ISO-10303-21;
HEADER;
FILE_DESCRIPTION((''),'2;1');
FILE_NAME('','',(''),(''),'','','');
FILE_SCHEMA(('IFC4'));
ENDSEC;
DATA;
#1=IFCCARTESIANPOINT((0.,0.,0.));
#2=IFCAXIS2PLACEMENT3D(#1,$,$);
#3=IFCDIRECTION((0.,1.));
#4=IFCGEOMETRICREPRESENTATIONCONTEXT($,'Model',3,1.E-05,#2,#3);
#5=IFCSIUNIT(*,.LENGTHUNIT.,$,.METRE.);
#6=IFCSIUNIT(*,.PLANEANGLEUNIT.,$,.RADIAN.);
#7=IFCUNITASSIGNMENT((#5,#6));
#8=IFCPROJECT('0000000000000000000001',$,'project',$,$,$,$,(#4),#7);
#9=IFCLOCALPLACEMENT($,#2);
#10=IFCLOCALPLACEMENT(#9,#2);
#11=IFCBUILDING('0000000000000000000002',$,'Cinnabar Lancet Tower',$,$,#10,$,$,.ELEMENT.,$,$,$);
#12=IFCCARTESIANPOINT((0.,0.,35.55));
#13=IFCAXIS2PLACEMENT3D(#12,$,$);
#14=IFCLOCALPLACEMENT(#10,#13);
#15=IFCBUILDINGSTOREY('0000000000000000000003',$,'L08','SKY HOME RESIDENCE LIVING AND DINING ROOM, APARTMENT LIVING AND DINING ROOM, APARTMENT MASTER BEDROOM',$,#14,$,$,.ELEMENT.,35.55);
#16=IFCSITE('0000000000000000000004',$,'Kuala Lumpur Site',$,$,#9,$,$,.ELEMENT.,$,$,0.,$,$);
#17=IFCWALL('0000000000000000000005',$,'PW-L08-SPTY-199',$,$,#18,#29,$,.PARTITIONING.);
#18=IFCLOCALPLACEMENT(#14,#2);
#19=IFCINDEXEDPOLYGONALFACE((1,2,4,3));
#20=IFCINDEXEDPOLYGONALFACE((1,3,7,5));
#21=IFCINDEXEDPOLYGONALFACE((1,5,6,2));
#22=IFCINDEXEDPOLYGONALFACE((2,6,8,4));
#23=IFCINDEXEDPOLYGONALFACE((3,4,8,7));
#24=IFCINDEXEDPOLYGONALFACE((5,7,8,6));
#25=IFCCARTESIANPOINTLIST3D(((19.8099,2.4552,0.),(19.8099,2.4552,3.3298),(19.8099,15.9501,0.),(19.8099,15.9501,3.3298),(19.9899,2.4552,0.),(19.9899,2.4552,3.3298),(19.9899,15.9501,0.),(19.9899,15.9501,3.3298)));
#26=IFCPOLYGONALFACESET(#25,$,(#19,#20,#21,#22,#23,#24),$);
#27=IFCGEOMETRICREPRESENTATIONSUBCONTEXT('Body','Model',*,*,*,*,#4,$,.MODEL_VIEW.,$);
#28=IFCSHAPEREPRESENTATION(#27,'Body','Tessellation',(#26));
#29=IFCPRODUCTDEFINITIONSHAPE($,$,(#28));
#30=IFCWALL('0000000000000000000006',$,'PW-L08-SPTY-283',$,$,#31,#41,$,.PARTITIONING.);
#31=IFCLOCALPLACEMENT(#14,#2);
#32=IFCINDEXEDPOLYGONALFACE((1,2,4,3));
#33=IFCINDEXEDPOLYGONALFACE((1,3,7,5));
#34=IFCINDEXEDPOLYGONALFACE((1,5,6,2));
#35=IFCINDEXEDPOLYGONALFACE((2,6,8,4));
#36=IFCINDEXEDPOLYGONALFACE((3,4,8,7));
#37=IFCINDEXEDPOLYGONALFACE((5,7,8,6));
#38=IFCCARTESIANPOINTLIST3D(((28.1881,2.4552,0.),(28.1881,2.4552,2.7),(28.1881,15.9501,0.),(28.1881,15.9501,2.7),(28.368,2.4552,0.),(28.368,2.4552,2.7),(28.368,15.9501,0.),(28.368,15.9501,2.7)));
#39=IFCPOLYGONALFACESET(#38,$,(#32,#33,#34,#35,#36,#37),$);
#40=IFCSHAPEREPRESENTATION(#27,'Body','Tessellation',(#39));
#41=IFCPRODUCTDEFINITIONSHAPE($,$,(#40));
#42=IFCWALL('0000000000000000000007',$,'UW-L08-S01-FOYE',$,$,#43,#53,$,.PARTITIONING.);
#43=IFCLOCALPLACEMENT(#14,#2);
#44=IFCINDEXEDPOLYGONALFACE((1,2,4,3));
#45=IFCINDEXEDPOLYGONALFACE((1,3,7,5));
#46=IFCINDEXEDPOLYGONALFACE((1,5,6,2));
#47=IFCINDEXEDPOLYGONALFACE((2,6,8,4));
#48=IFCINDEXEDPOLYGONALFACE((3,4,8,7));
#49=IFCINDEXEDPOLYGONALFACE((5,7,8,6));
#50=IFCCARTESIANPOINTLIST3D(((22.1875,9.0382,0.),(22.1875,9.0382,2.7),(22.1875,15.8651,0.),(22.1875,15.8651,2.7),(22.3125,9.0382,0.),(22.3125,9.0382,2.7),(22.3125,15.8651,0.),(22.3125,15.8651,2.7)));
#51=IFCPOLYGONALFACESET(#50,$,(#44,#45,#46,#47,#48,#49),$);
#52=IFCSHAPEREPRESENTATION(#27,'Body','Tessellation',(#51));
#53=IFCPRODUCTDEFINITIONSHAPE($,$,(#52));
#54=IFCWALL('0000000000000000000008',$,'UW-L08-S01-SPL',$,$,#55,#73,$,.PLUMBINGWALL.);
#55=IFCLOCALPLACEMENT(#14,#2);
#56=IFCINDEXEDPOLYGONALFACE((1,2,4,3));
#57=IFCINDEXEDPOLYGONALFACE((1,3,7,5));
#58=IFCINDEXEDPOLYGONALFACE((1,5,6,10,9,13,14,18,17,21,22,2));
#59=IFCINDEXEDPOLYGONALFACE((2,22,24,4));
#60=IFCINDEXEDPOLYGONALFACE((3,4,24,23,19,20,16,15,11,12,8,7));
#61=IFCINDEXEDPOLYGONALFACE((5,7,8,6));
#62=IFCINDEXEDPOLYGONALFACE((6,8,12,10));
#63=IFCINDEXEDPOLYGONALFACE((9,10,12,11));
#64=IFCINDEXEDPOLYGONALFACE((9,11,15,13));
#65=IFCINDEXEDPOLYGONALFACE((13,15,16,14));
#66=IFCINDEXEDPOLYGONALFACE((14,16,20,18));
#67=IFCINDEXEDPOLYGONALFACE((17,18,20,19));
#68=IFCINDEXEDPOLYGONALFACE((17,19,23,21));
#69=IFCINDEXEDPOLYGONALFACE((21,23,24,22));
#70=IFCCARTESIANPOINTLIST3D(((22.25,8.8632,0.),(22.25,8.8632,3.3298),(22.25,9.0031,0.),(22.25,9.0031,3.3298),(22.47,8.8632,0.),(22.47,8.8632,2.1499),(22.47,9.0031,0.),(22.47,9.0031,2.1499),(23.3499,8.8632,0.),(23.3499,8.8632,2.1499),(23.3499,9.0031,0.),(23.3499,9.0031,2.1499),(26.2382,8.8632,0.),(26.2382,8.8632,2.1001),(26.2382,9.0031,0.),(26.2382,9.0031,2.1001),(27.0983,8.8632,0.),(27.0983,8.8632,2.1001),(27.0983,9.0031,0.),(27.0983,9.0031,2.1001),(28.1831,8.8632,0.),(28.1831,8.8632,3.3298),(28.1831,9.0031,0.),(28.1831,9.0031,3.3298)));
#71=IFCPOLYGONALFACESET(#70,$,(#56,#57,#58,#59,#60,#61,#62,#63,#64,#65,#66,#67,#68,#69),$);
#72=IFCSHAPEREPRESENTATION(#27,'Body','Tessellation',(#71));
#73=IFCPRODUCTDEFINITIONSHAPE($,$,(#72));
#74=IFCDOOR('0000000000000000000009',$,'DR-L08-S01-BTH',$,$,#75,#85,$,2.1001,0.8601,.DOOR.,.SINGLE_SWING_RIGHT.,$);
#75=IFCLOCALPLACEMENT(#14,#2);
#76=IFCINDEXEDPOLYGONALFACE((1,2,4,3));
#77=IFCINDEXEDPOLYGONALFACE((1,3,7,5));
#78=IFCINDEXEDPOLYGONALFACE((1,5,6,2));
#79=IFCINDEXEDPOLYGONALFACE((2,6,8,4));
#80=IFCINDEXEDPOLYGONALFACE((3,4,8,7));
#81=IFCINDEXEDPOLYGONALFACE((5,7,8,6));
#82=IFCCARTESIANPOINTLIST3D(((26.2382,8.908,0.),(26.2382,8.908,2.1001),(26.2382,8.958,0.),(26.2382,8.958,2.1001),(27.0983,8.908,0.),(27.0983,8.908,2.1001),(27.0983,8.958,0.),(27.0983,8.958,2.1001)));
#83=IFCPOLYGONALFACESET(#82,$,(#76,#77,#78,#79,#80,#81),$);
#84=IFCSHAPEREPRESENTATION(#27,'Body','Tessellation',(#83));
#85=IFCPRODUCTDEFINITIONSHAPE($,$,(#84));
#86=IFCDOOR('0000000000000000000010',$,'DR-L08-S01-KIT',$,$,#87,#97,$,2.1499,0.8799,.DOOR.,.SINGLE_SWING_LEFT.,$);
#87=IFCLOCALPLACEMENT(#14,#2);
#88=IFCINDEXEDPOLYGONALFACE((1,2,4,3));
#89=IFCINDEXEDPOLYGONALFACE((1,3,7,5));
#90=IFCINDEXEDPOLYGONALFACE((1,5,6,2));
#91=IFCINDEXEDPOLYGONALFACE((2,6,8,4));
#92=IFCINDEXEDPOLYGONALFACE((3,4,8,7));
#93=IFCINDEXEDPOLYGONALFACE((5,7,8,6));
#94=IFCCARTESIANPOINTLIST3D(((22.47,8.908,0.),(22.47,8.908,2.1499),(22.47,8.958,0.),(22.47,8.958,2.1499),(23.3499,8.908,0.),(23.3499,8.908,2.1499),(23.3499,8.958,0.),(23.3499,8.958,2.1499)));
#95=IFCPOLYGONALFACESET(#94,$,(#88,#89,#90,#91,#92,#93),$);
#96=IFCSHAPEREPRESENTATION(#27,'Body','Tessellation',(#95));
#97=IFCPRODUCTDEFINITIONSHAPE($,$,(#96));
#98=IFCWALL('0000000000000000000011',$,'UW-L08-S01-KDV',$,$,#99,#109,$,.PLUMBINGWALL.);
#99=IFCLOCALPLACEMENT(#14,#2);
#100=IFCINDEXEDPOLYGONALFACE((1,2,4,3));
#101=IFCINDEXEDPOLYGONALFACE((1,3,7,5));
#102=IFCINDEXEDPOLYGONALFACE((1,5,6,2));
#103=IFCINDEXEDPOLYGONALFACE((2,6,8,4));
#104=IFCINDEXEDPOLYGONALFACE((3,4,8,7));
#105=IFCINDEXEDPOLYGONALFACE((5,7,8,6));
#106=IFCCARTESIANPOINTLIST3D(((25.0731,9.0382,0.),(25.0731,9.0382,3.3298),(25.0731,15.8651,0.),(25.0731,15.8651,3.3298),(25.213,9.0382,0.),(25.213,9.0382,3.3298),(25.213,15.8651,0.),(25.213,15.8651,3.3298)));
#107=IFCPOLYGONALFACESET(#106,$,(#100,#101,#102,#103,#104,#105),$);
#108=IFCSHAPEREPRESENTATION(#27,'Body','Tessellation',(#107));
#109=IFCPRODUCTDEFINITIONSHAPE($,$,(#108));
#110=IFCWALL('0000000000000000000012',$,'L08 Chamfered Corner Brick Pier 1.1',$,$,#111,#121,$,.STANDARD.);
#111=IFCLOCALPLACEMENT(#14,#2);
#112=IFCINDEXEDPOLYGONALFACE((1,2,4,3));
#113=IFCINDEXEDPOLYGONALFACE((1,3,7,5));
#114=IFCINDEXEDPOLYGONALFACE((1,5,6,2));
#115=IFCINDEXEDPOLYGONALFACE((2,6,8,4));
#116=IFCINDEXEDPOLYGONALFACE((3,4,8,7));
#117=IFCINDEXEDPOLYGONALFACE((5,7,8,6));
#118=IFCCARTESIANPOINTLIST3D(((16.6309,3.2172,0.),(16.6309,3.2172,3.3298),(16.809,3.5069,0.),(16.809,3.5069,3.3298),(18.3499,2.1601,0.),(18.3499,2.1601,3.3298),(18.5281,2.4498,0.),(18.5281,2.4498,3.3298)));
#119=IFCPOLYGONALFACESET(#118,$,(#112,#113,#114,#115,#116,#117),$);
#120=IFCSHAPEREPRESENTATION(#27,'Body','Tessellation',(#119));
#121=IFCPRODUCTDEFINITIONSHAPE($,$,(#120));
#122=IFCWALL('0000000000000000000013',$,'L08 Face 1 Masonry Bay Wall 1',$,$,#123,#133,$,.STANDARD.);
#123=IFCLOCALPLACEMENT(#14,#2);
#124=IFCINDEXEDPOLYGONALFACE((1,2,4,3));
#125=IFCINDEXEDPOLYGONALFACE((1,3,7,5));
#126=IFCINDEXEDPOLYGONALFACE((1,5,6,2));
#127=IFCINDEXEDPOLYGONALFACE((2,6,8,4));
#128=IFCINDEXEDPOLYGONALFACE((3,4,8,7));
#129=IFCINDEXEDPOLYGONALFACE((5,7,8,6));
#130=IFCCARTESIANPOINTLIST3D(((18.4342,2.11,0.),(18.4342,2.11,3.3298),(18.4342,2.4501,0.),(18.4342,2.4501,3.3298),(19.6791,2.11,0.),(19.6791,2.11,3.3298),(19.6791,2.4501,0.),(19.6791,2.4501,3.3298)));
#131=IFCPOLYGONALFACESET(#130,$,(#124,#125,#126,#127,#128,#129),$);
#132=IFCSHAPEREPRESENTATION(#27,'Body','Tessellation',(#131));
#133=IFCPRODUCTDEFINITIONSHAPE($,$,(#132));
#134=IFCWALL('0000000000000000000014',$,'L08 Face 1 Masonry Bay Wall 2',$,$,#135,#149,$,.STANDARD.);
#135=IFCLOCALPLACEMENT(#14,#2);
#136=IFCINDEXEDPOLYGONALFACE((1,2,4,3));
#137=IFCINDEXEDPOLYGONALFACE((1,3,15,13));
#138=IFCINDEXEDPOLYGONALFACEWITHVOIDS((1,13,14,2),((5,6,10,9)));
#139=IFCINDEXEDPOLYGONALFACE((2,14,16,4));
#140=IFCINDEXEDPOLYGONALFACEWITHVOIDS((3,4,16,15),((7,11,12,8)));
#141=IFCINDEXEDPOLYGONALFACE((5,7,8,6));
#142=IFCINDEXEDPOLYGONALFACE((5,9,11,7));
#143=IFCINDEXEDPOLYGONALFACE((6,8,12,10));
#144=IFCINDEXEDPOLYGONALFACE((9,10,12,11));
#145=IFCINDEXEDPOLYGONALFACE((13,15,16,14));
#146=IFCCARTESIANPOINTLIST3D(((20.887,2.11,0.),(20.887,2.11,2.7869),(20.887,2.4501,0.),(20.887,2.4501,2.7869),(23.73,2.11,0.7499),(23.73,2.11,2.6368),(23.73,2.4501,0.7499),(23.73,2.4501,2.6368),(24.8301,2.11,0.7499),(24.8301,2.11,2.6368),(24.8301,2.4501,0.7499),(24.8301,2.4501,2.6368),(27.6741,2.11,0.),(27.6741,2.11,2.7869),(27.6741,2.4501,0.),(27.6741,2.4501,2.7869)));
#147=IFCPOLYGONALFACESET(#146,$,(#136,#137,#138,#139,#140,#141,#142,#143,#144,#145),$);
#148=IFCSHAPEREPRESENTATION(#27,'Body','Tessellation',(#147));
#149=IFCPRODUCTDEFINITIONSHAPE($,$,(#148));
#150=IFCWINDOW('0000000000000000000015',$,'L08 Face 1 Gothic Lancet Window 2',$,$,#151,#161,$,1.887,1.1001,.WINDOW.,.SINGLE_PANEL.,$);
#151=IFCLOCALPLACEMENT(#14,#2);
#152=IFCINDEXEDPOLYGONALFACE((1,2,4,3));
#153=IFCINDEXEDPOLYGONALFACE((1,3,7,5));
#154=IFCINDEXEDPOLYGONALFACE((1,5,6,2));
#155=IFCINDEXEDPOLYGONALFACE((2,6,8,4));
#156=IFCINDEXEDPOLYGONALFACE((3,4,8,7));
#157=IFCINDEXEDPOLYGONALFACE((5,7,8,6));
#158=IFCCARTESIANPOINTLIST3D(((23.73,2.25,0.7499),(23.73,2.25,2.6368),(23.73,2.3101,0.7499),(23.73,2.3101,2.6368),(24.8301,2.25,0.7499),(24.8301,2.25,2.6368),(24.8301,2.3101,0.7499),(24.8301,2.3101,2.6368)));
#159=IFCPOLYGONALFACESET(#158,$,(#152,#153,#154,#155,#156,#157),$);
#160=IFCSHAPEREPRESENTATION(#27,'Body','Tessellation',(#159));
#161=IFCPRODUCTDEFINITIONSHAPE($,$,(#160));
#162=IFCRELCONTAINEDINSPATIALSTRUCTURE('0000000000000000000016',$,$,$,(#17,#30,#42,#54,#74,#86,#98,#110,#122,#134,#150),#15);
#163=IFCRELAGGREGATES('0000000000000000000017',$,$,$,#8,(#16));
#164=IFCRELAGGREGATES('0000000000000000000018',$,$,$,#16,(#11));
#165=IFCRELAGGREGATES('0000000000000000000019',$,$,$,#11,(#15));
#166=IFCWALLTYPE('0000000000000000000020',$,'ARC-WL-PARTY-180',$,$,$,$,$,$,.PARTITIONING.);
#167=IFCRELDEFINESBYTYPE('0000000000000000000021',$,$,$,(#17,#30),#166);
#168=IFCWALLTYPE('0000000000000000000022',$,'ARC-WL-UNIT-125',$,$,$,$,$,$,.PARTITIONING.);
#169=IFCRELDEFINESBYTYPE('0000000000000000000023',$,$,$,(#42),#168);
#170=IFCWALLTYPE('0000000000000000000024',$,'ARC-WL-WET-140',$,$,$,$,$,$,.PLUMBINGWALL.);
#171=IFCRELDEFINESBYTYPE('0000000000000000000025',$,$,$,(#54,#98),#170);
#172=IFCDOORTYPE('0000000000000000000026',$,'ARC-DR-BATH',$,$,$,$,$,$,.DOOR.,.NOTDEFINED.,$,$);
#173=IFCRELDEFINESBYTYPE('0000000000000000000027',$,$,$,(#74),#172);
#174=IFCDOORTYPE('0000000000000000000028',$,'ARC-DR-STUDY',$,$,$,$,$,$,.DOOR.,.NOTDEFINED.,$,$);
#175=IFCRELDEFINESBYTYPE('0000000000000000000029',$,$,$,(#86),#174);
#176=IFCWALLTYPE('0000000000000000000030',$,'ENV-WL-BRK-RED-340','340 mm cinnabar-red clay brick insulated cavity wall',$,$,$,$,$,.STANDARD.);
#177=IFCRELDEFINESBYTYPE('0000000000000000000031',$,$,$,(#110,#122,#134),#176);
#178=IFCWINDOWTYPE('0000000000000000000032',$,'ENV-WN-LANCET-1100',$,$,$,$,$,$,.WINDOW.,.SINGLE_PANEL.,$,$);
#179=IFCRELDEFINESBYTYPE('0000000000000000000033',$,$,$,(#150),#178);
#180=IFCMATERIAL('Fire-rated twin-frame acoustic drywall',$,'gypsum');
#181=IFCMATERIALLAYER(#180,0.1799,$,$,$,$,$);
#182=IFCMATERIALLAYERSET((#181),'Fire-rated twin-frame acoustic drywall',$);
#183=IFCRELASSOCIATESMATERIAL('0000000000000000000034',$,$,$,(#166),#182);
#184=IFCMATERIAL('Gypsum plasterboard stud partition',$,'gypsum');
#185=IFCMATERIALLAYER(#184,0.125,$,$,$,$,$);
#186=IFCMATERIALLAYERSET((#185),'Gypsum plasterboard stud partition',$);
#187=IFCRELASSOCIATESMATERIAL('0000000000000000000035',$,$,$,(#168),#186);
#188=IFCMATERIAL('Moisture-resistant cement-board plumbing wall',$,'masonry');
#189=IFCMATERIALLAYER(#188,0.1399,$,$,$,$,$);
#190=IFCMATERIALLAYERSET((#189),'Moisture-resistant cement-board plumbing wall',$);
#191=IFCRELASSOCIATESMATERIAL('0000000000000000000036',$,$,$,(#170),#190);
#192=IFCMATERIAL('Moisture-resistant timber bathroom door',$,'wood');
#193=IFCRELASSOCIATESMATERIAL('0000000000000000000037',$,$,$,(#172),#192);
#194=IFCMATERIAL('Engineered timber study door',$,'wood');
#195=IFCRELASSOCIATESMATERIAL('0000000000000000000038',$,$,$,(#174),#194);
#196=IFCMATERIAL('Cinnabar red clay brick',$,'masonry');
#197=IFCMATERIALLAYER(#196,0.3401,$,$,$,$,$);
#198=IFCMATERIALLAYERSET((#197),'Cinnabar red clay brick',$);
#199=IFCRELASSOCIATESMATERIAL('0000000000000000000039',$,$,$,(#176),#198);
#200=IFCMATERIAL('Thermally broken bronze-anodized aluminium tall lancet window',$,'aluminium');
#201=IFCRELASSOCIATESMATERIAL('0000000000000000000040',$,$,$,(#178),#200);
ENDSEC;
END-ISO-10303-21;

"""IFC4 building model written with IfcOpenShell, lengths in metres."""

from ifc_helpers import new_model, si_unit, direction, frame, frame_2d, origin, place, context, subcontext, project, spatial, rectangle, extrude, material, layer, layer_set, type_object, element, fill, save


model = new_model("IFC4")

# Units and contexts
model_context = context("Model", 3, precision=1e-05, world=origin(), true_north=direction((0.0, 1.0)))
body_context = subcontext(model_context, "Body", "Model", "MODEL_VIEW")
ifc_project = project(units=[si_unit("LENGTHUNIT", "METRE"), si_unit("PLANEANGLEUNIT", "RADIAN")], contexts=[model_context])

# Site, building, storey
site_placement = place(None, origin())
site = spatial("IfcSite", under=ifc_project, at=site_placement, Name="Kuala Lumpur Site", CompositionType="ELEMENT", RefElevation=0.0)
building_placement = place(site_placement, origin())
building = spatial("IfcBuilding", under=site, at=building_placement, Name="Cinnabar Lancet Tower", CompositionType="ELEMENT")
storey_placement = place(building_placement, frame((0.0, 0.0, 35.55)))
storey = spatial("IfcBuildingStorey", under=building, at=storey_placement, Name="L08", Description="SKY HOME RESIDENCE LIVING AND DINING ROOM, APARTMENT LIVING AND DINING ROOM, APARTMENT MASTER BEDROOM", CompositionType="ELEMENT", Elevation=35.55)

# Walls
ifc_material_1 = material(Name="Fire-rated twin-frame acoustic drywall", Category="gypsum")
ifc_layer_1 = layer(ifc_material_1, 0.1799)
ifc_layer_set_1 = layer_set([ifc_layer_1], Name="Fire-rated twin-frame acoustic drywall")
wall_type_1 = type_object("IfcWallType", Name="ARC-WL-PARTY-180", PredefinedType="PARTITIONING", material=ifc_layer_set_1)
wall_1_placement = place(storey_placement, frame((19.8999, 2.4551, 0.0), z_axis=(0.0, 0.0, 1.0), x_axis=(0.0, 1.0, 0.0)))
element("IfcWall", 1, at=wall_1_placement, inside=storey, type_object=wall_type_1, Name="PW-L08-SPTY-199", PredefinedType="PARTITIONING", context=body_context, shape_type="SweptSolid", body=[
    extrude(rectangle(XDim=13.4949, YDim=0.1799, at=frame_2d((6.7476, 0.0))), origin(), (0.0, 0.0, 1.0), 3.3298),
])
wall_2_placement = place(storey_placement, frame((28.2781, 2.4551, 0.0), z_axis=(0.0, 0.0, 1.0), x_axis=(0.0, 1.0, 0.0)))
element("IfcWall", 2, at=wall_2_placement, inside=storey, type_object=wall_type_1, Name="PW-L08-SPTY-283", PredefinedType="PARTITIONING", context=body_context, shape_type="SweptSolid", body=[
    extrude(rectangle(XDim=13.4949, YDim=0.1799, at=frame_2d((6.7476, 0.0))), origin(), (0.0, 0.0, 1.0), 2.7),
])
ifc_material_2 = material(Name="Gypsum plasterboard stud partition", Category="gypsum")
ifc_layer_2 = layer(ifc_material_2, 0.125)
ifc_layer_set_2 = layer_set([ifc_layer_2], Name="Gypsum plasterboard stud partition")
wall_type_2 = type_object("IfcWallType", Name="ARC-WL-UNIT-125", PredefinedType="PARTITIONING", material=ifc_layer_set_2)
wall_3_placement = place(storey_placement, frame((22.25, 9.0381, 0.0), z_axis=(0.0, 0.0, 1.0), x_axis=(0.0, 1.0, 0.0)))
element("IfcWall", 3, at=wall_3_placement, inside=storey, type_object=wall_type_2, Name="UW-L08-S01-FOYE", PredefinedType="PARTITIONING", context=body_context, shape_type="SweptSolid", body=[
    extrude(rectangle(XDim=6.8269, YDim=0.125, at=frame_2d((3.4136, 0.0))), origin(), (0.0, 0.0, 1.0), 2.7),
])

# Wall, openings, doors
ifc_material_3 = material(Name="Moisture-resistant cement-board plumbing wall", Category="masonry")
ifc_layer_3 = layer(ifc_material_3, 0.1399)
ifc_layer_set_3 = layer_set([ifc_layer_3], Name="Moisture-resistant cement-board plumbing wall")
wall_type_3 = type_object("IfcWallType", Name="ARC-WL-WET-140", PredefinedType="PLUMBINGWALL", material=ifc_layer_set_3)
wall_4_placement = place(storey_placement, frame((22.25, 8.9331, 0.0), z_axis=(0.0, 0.0, 1.0), x_axis=(1.0, 0.0, 0.0)))
wall_4 = element("IfcWall", 4, at=wall_4_placement, inside=storey, type_object=wall_type_3, Name="UW-L08-S01-SPL", PredefinedType="PLUMBINGWALL", context=body_context, shape_type="SweptSolid", body=[
    extrude(rectangle(XDim=5.9331, YDim=0.1399, at=frame_2d((2.9666, 0.0))), origin(), (0.0, 0.0, 1.0), 3.3298),
])
opening_1_placement = place(wall_4_placement, frame((3.988, 0.0, 0.0)))
opening_1 = element("IfcOpeningElement", 5, at=opening_1_placement, cuts=wall_4, PredefinedType="OPENING", context=body_context, shape_type="SweptSolid", body=[
    extrude(rectangle(XDim=0.8601, YDim=2.1001, at=frame_2d((0.4302, 1.05))), frame((0.0, 0.0798, 0.0), z_axis=(0.0, -1.0, 0.0), x_axis=(1.0, 0.0, 0.0)), (0.0, 0.0, 1.0), 0.1599),
])
opening_2_placement = place(wall_4_placement, frame((0.22, 0.0, 0.0)))
opening_2 = element("IfcOpeningElement", 6, at=opening_2_placement, cuts=wall_4, PredefinedType="OPENING", context=body_context, shape_type="SweptSolid", body=[
    extrude(rectangle(XDim=0.8799, YDim=2.1499, at=frame_2d((0.4399, 1.075))), frame((0.0, 0.0798, 0.0), z_axis=(0.0, -1.0, 0.0), x_axis=(1.0, 0.0, 0.0)), (0.0, 0.0, 1.0), 0.1599),
])
ifc_material_4 = material(Name="Moisture-resistant timber bathroom door", Category="wood")
door_type_1 = type_object("IfcDoorType", Name="ARC-DR-BATH", OperationType="NOTDEFINED", PredefinedType="DOOR", material=ifc_material_4)
door_1_placement = place(opening_1_placement, origin())
door_1 = element("IfcDoor", 7, at=door_1_placement, inside=storey, type_object=door_type_1, Name="DR-L08-S01-BTH", OperationType="SINGLE_SWING_RIGHT", OverallHeight=2.1001, OverallWidth=0.8601, PredefinedType="DOOR", context=body_context, shape_type="SweptSolid", body=[
    extrude(rectangle(XDim=0.8601, YDim=2.1001, at=frame_2d((0.4302, 1.05))), frame((0.0, 0.0249, 0.0), z_axis=(0.0, -1.0, 0.0), x_axis=(1.0, 0.0, 0.0)), (0.0, 0.0, 1.0), 0.05),
])
fill(opening_1, door_1)
ifc_material_5 = material(Name="Engineered timber study door", Category="wood")
door_type_2 = type_object("IfcDoorType", Name="ARC-DR-STUDY", OperationType="NOTDEFINED", PredefinedType="DOOR", material=ifc_material_5)
door_2_placement = place(opening_2_placement, origin())
door_2 = element("IfcDoor", 8, at=door_2_placement, inside=storey, type_object=door_type_2, Name="DR-L08-S01-KIT", OperationType="SINGLE_SWING_LEFT", OverallHeight=2.1499, OverallWidth=0.8799, PredefinedType="DOOR", context=body_context, shape_type="SweptSolid", body=[
    extrude(rectangle(XDim=0.8799, YDim=2.1499, at=frame_2d((0.4399, 1.075))), frame((0.0, 0.0249, 0.0), z_axis=(0.0, -1.0, 0.0), x_axis=(1.0, 0.0, 0.0)), (0.0, 0.0, 1.0), 0.05),
])
fill(opening_2, door_2)

# Walls
wall_5_placement = place(storey_placement, frame((25.1431, 9.0381, 0.0), z_axis=(0.0, 0.0, 1.0), x_axis=(0.0, 1.0, 0.0)))
element("IfcWall", 9, at=wall_5_placement, inside=storey, type_object=wall_type_3, Name="UW-L08-S01-KDV", PredefinedType="PLUMBINGWALL", context=body_context, shape_type="SweptSolid", body=[
    extrude(rectangle(XDim=6.8269, YDim=0.1399, at=frame_2d((3.4136, 0.0))), origin(), (0.0, 0.0, 1.0), 3.3298),
])
ifc_material_6 = material(Name="Cinnabar red clay brick", Category="masonry")
ifc_layer_4 = layer(ifc_material_6, 0.3401)
ifc_layer_set_4 = layer_set([ifc_layer_4], Name="Cinnabar red clay brick")
wall_type_4 = type_object("IfcWallType", Name="ENV-WL-BRK-RED-340", Description="340 mm cinnabar-red clay brick insulated cavity wall", PredefinedType="STANDARD", material=ifc_layer_set_4)
wall_6_placement = place(storey_placement, frame((16.72, 3.3621, 0.0), z_axis=(0.0, 0.0, 1.0), x_axis=(0.851816, -0.523841, 0.0)))
element("IfcWall", 10, at=wall_6_placement, inside=storey, type_object=wall_type_4, Name="L08 Chamfered Corner Brick Pier 1.1", PredefinedType="STANDARD", context=body_context, shape_type="SweptSolid", body=[
    extrude(rectangle(XDim=2.0181, YDim=0.3401, at=frame_2d((1.009, 0.0))), origin(), (0.0, 0.0, 1.0), 3.3298),
])
wall_7_placement = place(storey_placement, frame((18.4341, 2.28, 0.0), z_axis=(0.0, 0.0, 1.0), x_axis=(1.0, 0.0, 0.0)))
element("IfcWall", 11, at=wall_7_placement, inside=storey, type_object=wall_type_4, Name="L08 Face 1 Masonry Bay Wall 1", PredefinedType="STANDARD", context=body_context, shape_type="SweptSolid", body=[
    extrude(rectangle(XDim=1.2449, YDim=0.3401, at=frame_2d((0.6226, 0.0))), origin(), (0.0, 0.0, 1.0), 3.3298),
])

# Wall, opening, window
wall_8_placement = place(storey_placement, frame((20.887, 2.28, 0.0), z_axis=(0.0, 0.0, 1.0), x_axis=(1.0, 0.0, 0.0)))
wall_8 = element("IfcWall", 12, at=wall_8_placement, inside=storey, type_object=wall_type_4, Name="L08 Face 1 Masonry Bay Wall 2", PredefinedType="STANDARD", context=body_context, shape_type="SweptSolid", body=[
    extrude(rectangle(XDim=6.7871, YDim=0.3401, at=frame_2d((3.3936, 0.0))), origin(), (0.0, 0.0, 1.0), 2.7869),
])
opening_3_placement = place(wall_8_placement, frame((2.843, 0.0, 0.75)))
opening_3 = element("IfcOpeningElement", 13, at=opening_3_placement, cuts=wall_8, PredefinedType="OPENING", context=body_context, shape_type="SweptSolid", body=[
    extrude(rectangle(XDim=1.1001, YDim=1.887, at=frame_2d((0.55, 0.9434))), frame((0.0, 0.1799, 0.0), z_axis=(0.0, -1.0, 0.0), x_axis=(1.0, 0.0, 0.0)), (0.0, 0.0, 1.0), 0.3601),
])
ifc_material_7 = material(Name="Thermally broken bronze-anodized aluminium tall lancet window", Category="aluminium")
window_type = type_object("IfcWindowType", Name="ENV-WN-LANCET-1100", PartitioningType="SINGLE_PANEL", PredefinedType="WINDOW", material=ifc_material_7)
window_1_placement = place(opening_3_placement, origin())
window_1 = element("IfcWindow", 14, at=window_1_placement, inside=storey, type_object=window_type, Name="L08 Face 1 Gothic Lancet Window 2", OverallHeight=1.887, OverallWidth=1.1001, PartitioningType="SINGLE_PANEL", PredefinedType="WINDOW", context=body_context, shape_type="SweptSolid", body=[
    extrude(rectangle(XDim=1.1001, YDim=1.887, at=frame_2d((0.55, 0.9434))), frame((0.0, 0.03, 0.0), z_axis=(0.0, -1.0, 0.0), x_axis=(1.0, 0.0, 0.0)), (0.0, 0.0, 1.0), 0.0601),
])
fill(opening_3, window_1)

save(model, "model.ifc")
